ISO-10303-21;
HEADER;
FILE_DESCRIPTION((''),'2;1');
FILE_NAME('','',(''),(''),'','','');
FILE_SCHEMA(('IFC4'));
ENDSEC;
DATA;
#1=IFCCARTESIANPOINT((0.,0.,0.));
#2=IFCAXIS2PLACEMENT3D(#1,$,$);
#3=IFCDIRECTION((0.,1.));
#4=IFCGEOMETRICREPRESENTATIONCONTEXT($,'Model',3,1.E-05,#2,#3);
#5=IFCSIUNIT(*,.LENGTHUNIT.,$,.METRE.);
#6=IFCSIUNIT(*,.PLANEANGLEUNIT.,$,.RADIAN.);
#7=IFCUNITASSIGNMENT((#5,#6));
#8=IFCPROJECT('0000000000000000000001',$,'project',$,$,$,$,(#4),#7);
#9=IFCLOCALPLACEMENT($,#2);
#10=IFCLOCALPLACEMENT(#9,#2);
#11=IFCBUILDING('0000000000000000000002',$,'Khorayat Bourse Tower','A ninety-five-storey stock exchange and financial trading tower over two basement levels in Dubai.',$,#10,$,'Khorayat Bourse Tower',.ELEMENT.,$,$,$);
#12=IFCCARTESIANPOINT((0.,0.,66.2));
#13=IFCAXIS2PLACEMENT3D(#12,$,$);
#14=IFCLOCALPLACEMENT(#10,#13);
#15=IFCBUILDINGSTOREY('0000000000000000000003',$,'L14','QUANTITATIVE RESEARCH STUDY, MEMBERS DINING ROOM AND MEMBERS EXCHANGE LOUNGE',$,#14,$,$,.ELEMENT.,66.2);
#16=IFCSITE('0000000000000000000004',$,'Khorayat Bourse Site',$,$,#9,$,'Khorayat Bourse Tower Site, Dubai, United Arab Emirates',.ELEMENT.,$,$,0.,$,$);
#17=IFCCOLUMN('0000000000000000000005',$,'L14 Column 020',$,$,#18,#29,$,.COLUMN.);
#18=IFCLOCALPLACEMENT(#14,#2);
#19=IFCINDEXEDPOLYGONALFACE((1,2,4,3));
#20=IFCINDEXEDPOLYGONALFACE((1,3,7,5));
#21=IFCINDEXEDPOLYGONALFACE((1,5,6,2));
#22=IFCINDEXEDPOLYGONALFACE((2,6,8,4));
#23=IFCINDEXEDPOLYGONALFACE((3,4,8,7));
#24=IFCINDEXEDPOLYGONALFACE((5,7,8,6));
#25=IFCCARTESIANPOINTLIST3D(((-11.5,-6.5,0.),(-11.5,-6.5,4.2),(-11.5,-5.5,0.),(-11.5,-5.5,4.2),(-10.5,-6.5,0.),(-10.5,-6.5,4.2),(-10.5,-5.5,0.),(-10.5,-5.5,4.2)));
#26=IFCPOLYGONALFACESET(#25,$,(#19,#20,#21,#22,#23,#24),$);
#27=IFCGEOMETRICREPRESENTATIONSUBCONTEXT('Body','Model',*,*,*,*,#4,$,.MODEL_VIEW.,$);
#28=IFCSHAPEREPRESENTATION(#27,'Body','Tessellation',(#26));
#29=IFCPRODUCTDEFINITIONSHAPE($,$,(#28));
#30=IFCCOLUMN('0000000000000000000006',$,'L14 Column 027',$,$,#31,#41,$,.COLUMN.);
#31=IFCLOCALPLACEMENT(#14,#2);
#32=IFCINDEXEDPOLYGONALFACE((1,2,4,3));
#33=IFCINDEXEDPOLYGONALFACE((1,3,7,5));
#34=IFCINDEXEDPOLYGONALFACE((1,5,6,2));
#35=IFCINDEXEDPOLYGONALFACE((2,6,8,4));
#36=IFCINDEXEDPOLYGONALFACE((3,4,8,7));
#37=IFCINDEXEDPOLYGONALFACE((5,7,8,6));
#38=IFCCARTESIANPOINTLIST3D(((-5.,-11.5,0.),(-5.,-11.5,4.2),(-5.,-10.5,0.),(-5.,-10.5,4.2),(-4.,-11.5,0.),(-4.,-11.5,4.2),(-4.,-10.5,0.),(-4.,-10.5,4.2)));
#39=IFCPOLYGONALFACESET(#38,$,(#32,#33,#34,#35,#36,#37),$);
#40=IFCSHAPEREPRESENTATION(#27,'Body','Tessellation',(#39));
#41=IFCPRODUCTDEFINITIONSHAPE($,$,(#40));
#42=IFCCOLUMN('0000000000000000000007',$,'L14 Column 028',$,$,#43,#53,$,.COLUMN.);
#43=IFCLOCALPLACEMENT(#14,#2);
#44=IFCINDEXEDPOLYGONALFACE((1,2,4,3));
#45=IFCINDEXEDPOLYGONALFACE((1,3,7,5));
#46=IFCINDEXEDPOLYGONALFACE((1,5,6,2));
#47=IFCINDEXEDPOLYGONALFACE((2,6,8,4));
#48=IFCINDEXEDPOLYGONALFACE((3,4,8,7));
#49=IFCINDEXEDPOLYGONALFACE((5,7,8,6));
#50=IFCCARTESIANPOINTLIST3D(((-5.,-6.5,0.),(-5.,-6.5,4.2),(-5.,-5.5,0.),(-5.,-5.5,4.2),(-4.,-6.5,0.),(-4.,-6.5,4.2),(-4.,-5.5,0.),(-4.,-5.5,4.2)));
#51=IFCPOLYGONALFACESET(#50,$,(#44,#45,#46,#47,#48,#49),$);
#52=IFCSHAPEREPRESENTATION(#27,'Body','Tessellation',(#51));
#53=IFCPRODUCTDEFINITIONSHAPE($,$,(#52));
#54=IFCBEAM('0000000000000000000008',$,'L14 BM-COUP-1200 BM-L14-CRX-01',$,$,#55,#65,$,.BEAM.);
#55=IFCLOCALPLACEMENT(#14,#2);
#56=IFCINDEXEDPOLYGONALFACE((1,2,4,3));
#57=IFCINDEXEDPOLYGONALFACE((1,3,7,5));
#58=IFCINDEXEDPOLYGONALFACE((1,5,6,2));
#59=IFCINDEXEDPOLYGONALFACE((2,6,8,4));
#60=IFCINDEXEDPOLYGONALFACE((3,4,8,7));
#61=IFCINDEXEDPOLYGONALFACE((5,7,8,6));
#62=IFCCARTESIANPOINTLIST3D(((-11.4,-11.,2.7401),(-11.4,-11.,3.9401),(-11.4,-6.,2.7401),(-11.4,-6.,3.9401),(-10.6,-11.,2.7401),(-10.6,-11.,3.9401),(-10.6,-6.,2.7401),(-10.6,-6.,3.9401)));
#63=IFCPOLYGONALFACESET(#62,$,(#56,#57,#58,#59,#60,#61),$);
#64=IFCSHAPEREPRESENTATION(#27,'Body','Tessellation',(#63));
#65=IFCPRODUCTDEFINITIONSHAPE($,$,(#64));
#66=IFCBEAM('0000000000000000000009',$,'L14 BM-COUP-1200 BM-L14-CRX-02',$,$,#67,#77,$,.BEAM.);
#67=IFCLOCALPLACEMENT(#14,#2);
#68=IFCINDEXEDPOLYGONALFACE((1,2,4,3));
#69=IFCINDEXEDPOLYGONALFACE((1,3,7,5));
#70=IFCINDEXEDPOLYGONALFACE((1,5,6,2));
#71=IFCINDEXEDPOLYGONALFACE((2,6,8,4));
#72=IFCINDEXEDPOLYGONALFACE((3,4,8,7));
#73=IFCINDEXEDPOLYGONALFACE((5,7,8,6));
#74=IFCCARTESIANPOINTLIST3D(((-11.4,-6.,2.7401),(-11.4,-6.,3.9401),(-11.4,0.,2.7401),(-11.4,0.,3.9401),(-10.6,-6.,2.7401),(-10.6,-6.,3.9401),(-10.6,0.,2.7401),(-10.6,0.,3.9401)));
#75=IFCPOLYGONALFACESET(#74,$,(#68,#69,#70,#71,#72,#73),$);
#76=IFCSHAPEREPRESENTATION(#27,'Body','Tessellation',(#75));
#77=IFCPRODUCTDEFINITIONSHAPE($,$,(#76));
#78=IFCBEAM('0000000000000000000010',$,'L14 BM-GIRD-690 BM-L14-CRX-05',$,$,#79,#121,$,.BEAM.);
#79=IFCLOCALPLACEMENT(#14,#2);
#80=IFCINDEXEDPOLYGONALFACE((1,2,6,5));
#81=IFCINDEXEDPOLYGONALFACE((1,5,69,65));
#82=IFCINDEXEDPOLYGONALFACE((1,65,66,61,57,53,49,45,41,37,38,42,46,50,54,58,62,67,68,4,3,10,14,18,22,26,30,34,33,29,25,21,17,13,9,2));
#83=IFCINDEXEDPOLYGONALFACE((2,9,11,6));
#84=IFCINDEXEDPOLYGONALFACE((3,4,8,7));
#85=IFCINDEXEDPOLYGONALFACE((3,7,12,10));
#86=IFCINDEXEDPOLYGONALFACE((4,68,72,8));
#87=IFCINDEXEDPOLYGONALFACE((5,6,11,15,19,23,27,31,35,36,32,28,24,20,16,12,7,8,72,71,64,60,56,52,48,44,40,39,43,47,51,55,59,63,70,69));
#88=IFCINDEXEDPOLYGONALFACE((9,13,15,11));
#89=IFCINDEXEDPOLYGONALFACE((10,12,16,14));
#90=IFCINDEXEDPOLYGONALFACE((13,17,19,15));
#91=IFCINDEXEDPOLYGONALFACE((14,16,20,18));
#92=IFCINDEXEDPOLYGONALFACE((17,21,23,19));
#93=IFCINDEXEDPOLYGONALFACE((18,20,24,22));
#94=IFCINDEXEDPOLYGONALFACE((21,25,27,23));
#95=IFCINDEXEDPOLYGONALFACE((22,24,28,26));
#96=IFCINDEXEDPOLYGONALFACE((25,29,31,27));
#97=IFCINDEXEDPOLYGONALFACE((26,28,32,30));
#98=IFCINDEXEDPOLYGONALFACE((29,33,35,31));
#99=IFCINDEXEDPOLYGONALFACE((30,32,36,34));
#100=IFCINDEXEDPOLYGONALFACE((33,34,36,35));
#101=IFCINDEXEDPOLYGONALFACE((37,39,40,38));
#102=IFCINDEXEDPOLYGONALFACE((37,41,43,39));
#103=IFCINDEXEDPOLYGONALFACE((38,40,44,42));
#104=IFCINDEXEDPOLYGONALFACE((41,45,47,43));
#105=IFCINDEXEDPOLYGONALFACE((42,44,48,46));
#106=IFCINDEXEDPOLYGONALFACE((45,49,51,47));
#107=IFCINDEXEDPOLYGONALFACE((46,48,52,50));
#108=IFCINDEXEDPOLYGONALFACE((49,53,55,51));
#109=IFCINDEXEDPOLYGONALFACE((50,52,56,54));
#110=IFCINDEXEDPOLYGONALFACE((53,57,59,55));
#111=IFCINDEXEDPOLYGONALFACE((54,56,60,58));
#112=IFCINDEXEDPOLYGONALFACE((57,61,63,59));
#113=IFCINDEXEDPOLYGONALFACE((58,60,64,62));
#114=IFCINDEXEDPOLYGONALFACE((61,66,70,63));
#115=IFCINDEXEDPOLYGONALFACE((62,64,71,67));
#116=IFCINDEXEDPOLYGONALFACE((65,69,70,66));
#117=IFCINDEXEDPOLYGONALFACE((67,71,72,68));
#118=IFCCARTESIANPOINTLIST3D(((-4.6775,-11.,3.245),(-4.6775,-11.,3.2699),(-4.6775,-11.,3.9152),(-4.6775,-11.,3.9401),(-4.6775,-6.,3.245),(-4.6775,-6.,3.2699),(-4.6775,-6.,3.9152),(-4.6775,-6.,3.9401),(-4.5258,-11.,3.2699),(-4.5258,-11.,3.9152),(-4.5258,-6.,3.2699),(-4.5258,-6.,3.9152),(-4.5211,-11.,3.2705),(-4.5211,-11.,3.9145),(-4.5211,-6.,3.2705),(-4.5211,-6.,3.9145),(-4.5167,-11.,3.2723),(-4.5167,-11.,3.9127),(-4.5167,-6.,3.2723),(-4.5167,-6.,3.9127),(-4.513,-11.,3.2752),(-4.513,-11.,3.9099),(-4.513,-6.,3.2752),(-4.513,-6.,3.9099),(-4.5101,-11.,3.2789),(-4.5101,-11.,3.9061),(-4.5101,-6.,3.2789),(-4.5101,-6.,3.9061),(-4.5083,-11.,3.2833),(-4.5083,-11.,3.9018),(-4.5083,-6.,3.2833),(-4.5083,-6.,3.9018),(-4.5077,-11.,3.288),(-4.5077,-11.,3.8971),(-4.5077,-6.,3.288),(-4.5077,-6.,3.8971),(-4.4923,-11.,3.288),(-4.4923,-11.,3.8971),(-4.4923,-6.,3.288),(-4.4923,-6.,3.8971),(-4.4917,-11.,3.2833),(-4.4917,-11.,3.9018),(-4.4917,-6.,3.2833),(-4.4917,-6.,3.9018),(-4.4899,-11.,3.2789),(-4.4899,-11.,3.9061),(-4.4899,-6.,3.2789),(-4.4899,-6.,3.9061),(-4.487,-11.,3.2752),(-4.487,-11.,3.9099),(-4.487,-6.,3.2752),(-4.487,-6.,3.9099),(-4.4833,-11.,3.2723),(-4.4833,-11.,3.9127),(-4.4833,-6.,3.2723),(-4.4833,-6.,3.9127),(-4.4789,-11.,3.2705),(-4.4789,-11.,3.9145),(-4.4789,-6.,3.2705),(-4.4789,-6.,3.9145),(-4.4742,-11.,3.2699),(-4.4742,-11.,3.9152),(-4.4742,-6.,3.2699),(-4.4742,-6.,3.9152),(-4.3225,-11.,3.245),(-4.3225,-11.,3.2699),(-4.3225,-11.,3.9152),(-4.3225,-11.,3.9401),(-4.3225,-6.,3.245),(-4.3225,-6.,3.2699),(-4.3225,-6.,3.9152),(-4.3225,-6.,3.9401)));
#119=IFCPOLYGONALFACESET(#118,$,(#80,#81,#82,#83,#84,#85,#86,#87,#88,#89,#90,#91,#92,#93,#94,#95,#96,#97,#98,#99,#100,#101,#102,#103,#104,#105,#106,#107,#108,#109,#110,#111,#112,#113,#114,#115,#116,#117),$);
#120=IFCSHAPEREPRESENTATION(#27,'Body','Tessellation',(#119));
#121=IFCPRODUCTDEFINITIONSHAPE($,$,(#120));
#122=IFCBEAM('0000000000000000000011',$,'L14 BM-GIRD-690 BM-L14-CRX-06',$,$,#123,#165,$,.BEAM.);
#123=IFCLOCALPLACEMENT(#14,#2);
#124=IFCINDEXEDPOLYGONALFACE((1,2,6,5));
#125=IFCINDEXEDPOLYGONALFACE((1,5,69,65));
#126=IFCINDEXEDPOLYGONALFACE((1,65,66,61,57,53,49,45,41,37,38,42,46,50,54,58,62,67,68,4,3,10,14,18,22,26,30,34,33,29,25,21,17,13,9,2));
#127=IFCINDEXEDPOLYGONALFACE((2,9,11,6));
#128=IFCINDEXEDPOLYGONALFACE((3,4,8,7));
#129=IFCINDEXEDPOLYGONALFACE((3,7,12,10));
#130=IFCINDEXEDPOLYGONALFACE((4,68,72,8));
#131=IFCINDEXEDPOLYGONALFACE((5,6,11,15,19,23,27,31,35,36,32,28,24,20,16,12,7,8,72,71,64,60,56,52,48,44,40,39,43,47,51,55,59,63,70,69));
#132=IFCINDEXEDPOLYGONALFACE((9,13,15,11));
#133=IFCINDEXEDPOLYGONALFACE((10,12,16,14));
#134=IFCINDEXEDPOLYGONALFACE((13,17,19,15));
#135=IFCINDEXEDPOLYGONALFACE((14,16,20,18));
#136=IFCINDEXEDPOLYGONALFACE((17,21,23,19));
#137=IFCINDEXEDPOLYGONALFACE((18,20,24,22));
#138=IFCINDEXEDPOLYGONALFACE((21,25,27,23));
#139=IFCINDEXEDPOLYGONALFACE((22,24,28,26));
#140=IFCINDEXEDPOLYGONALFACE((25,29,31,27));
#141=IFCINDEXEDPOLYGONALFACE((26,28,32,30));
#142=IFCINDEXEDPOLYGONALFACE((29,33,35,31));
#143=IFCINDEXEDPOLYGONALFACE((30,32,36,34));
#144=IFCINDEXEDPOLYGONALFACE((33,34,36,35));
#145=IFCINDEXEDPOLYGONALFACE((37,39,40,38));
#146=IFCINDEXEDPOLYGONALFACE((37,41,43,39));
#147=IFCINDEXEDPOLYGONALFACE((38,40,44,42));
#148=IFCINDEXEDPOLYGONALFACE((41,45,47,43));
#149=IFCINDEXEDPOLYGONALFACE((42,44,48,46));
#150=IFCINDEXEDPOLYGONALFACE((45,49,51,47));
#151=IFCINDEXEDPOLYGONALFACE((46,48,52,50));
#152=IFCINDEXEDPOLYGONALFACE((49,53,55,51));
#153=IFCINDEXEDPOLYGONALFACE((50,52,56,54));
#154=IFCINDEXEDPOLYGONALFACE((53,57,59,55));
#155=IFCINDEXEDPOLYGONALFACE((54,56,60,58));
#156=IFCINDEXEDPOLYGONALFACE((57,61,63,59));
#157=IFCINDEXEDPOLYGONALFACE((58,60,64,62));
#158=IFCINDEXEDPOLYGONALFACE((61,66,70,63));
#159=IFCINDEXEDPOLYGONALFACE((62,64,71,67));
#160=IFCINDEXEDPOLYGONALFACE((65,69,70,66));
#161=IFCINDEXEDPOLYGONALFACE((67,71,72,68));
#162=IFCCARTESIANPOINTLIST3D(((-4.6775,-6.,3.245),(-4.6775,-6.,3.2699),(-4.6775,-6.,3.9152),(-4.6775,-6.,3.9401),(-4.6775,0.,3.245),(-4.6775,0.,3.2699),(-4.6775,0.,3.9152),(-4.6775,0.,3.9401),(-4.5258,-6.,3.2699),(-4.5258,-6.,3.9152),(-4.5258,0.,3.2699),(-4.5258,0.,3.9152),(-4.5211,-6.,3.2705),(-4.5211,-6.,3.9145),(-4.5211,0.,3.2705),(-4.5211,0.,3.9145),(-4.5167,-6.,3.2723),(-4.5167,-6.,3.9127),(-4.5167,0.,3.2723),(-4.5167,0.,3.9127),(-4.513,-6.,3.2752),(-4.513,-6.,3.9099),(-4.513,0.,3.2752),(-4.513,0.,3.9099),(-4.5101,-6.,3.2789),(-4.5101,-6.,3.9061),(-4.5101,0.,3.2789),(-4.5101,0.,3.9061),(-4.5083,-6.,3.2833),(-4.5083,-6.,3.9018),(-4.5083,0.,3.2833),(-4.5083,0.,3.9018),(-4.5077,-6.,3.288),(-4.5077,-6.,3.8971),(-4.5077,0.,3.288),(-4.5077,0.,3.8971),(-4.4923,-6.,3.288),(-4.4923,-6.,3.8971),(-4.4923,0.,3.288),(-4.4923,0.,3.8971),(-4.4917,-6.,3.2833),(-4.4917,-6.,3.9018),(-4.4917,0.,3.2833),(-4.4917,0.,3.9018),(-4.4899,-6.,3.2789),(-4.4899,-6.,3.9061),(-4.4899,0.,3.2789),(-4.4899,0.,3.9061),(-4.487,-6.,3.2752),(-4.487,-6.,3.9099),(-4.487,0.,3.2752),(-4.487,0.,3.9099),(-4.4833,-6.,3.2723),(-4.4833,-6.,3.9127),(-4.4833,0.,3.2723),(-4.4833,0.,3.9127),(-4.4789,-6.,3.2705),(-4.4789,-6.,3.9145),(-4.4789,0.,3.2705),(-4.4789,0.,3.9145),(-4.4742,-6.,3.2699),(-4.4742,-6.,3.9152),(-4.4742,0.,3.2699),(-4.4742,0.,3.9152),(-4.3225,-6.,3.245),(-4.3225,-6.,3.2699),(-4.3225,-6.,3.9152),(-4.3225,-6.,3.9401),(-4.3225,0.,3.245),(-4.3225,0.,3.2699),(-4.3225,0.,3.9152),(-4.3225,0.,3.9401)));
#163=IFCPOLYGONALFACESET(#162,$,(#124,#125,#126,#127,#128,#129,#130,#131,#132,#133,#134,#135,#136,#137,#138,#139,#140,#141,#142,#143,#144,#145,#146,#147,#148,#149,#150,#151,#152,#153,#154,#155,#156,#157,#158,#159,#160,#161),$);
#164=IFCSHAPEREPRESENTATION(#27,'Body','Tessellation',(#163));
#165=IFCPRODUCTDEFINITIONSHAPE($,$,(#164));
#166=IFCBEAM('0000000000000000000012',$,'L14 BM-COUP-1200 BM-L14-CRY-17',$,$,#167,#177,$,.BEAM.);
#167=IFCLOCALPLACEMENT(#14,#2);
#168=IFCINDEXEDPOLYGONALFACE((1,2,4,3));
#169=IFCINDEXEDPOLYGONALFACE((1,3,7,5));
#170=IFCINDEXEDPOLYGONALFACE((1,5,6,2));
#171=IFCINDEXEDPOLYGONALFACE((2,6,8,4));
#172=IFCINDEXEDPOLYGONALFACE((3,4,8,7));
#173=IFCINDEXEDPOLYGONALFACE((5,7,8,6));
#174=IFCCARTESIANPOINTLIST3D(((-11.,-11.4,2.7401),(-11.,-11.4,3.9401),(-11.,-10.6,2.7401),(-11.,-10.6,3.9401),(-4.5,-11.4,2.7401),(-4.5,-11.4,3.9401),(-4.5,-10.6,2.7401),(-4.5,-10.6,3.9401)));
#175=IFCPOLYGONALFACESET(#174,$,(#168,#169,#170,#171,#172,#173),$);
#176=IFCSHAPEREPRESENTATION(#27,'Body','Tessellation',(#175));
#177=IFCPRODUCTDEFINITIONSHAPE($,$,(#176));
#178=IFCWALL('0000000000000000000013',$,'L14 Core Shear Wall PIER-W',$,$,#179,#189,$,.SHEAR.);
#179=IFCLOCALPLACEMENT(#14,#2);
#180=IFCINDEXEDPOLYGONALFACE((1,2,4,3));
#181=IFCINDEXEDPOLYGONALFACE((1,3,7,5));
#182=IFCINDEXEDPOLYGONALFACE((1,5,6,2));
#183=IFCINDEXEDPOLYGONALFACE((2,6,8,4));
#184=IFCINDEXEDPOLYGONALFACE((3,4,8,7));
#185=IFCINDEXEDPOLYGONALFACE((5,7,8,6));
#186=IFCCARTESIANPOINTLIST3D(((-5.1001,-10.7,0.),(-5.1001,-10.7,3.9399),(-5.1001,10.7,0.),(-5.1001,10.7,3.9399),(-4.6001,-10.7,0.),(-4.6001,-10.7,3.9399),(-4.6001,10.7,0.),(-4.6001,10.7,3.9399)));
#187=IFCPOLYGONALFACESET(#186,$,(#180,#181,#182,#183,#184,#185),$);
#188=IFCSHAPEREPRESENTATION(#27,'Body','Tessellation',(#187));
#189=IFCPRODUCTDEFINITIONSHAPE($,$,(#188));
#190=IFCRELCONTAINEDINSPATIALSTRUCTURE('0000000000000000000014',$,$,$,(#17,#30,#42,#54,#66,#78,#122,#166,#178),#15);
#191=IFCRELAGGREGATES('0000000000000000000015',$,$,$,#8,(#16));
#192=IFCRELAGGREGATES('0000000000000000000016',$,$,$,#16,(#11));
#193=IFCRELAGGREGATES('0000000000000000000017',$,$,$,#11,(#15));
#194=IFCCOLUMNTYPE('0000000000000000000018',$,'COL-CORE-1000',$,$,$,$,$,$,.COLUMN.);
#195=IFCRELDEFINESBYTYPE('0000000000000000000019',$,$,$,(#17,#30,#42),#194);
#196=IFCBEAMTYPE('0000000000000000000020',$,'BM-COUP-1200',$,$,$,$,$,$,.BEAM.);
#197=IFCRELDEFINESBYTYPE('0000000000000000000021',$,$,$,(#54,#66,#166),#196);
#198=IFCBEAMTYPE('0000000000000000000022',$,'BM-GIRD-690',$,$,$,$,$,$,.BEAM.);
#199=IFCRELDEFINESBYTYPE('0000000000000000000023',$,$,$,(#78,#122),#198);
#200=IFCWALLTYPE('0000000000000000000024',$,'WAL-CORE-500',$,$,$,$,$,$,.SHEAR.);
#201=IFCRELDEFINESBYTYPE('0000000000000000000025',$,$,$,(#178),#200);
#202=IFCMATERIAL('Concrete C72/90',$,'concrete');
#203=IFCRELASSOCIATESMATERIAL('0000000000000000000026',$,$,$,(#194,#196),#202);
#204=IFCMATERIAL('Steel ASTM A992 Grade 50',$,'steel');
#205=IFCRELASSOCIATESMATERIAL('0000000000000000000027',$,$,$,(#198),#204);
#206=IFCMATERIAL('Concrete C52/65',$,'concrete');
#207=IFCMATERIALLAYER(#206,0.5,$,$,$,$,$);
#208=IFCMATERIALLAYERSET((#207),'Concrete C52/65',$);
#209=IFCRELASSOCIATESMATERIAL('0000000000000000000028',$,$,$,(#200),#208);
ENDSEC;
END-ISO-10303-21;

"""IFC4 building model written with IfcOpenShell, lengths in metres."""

from ifc_helpers import new_model, si_unit, direction, frame, frame_2d, origin, origin_2d, place, context, subcontext, project, spatial, rectangle, i_section, extrude, source, transform, mapped, material, layer, layer_set, material_profile, profile_set, type_object, element, save


model = new_model("IFC4")

# Units and contexts
model_context = context("Model", 3, precision=1e-05, world=origin(), true_north=direction((0.0, 1.0)))
body_context = subcontext(model_context, "Body", "Model", "MODEL_VIEW")
ifc_project = project(units=[si_unit("LENGTHUNIT", "METRE"), si_unit("PLANEANGLEUNIT", "RADIAN")], contexts=[model_context])

# Site, building, storey
site_placement = place(None, origin())
site = spatial("IfcSite", under=ifc_project, at=site_placement, Name="Khorayat Bourse Site", LongName="Khorayat Bourse Tower Site, Dubai, United Arab Emirates", CompositionType="ELEMENT", RefElevation=0.0)
building_placement = place(site_placement, origin())
building = spatial("IfcBuilding", under=site, at=building_placement, Name="Khorayat Bourse Tower", Description="A ninety-five-storey stock exchange and financial trading tower over two basement levels in Dubai.", LongName="Khorayat Bourse Tower", CompositionType="ELEMENT")
storey_placement = place(building_placement, frame((0.0, 0.0, 66.2)))
storey = spatial("IfcBuildingStorey", under=building, at=storey_placement, Name="L14", Description="QUANTITATIVE RESEARCH STUDY, MEMBERS DINING ROOM AND MEMBERS EXCHANGE LOUNGE", CompositionType="ELEMENT", Elevation=66.2)

# Columns
ifc_material_1 = material(Name="Concrete C72/90", Category="concrete")
ifc_material_profile_1 = material_profile(ifc_material_1, rectangle(XDim=1.0, YDim=1.0, at=origin_2d()), Name="RC 1000x1000")
ifc_profile_set_1 = profile_set([ifc_material_profile_1], Name="Concrete C72/90")
column_type = type_object("IfcColumnType", Name="COL-CORE-1000", PredefinedType="COLUMN", material=ifc_profile_set_1)
shared_shape_1 = source(origin(), body_context, "Body", "SweptSolid", [
    extrude(rectangle(XDim=1.0, YDim=1.0, at=origin_2d()), origin(), (0.0, 0.0, 1.0), 4.2),
])
for number, where, z_axis, x_axis, name in (
    (1, (-11.0, -6.0, 0.0), (0.0, 0.0, 1.0), (1.0, 0.0, 0.0), "L14 Column 020"),
    (2, (-4.5, -11.0, 0.0), (0.0, 0.0, 1.0), (1.0, 0.0, 0.0), "L14 Column 027"),
    (3, (-4.5, -6.0, 0.0), (0.0, 0.0, 1.0), (1.0, 0.0, 0.0), "L14 Column 028"),
):
    element("IfcColumn", number, at=place(storey_placement, frame(where, z_axis=z_axis, x_axis=x_axis)), inside=storey, type_object=column_type, Name=name, PredefinedType="COLUMN", context=body_context, shape_type="MappedRepresentation", body=[
        mapped(shared_shape_1, transform((0.0, 0.0, 0.0), scale=1.0)),
    ])

# Beams
ifc_material_profile_2 = material_profile(ifc_material_1, rectangle(XDim=0.8, YDim=1.2, at=origin_2d()), Name="RC 800x1200")
ifc_profile_set_2 = profile_set([ifc_material_profile_2], Name="Concrete C72/90")
beam_type_1 = type_object("IfcBeamType", Name="BM-COUP-1200", PredefinedType="BEAM", material=ifc_profile_set_2)
shared_shape_2 = source(origin(), body_context, "Body", "SweptSolid", [
    extrude(rectangle(XDim=0.8, YDim=1.2, at=origin_2d()), origin(), (0.0, 0.0, 1.0), 5.0),
])
beam_1_placement = place(storey_placement, frame((-11.0, -11.0, 3.3401), z_axis=(0.0, 1.0, 0.0), x_axis=(-1.0, 0.0, 0.0)))
element("IfcBeam", 4, at=beam_1_placement, inside=storey, type_object=beam_type_1, Name="L14 BM-COUP-1200 BM-L14-CRX-01", PredefinedType="BEAM", context=body_context, shape_type="MappedRepresentation", body=[
    mapped(shared_shape_2, transform((0.0, 0.0, 0.0), scale=1.0)),
])
shared_shape_3 = source(origin(), body_context, "Body", "SweptSolid", [
    extrude(rectangle(XDim=0.8, YDim=1.2, at=origin_2d()), origin(), (0.0, 0.0, 1.0), 6.0),
])
beam_2_placement = place(storey_placement, frame((-11.0, -6.0, 3.3401), z_axis=(0.0, 1.0, 0.0), x_axis=(-1.0, 0.0, 0.0)))
element("IfcBeam", 5, at=beam_2_placement, inside=storey, type_object=beam_type_1, Name="L14 BM-COUP-1200 BM-L14-CRX-02", PredefinedType="BEAM", context=body_context, shape_type="MappedRepresentation", body=[
    mapped(shared_shape_3, transform((0.0, 0.0, 0.0), scale=1.0)),
])
ifc_material_2 = material(Name="Steel ASTM A992 Grade 50", Category="steel")
ifc_material_profile_3 = material_profile(ifc_material_2, i_section(OverallWidth=0.355, OverallDepth=0.6951, WebThickness=0.0154, FlangeThickness=0.0249, FilletRadius=0.0181, at=origin_2d()), Name="W690X217")
ifc_profile_set_3 = profile_set([ifc_material_profile_3], Name="Steel ASTM A992 Grade 50")
beam_type_2 = type_object("IfcBeamType", Name="BM-GIRD-690", PredefinedType="BEAM", material=ifc_profile_set_3)
shared_shape_4 = source(origin(), body_context, "Body", "SweptSolid", [
    extrude(i_section(OverallWidth=0.355, OverallDepth=0.6951, WebThickness=0.0154, FlangeThickness=0.0249, FilletRadius=0.0181, at=origin_2d()), origin(), (0.0, 0.0, 1.0), 5.0),
])
beam_3_placement = place(storey_placement, frame((-4.5, -11.0, 3.5925), z_axis=(0.0, 1.0, 0.0), x_axis=(-1.0, 0.0, 0.0)))
element("IfcBeam", 6, at=beam_3_placement, inside=storey, type_object=beam_type_2, Name="L14 BM-GIRD-690 BM-L14-CRX-05", PredefinedType="BEAM", context=body_context, shape_type="MappedRepresentation", body=[
    mapped(shared_shape_4, transform((0.0, 0.0, 0.0), scale=1.0)),
])
shared_shape_5 = source(origin(), body_context, "Body", "SweptSolid", [
    extrude(i_section(OverallWidth=0.355, OverallDepth=0.6951, WebThickness=0.0154, FlangeThickness=0.0249, FilletRadius=0.0181, at=origin_2d()), origin(), (0.0, 0.0, 1.0), 6.0),
])
beam_4_placement = place(storey_placement, frame((-4.5, -6.0, 3.5925), z_axis=(0.0, 1.0, 0.0), x_axis=(-1.0, 0.0, 0.0)))
element("IfcBeam", 7, at=beam_4_placement, inside=storey, type_object=beam_type_2, Name="L14 BM-GIRD-690 BM-L14-CRX-06", PredefinedType="BEAM", context=body_context, shape_type="MappedRepresentation", body=[
    mapped(shared_shape_5, transform((0.0, 0.0, 0.0), scale=1.0)),
])
shared_shape_6 = source(origin(), body_context, "Body", "SweptSolid", [
    extrude(rectangle(XDim=0.8, YDim=1.2, at=origin_2d()), origin(), (0.0, 0.0, 1.0), 6.5),
])
beam_5_placement = place(storey_placement, frame((-11.0, -11.0, 3.3401), z_axis=(1.0, 0.0, 0.0), x_axis=(0.0, 1.0, 0.0)))
element("IfcBeam", 8, at=beam_5_placement, inside=storey, type_object=beam_type_1, Name="L14 BM-COUP-1200 BM-L14-CRY-17", PredefinedType="BEAM", context=body_context, shape_type="MappedRepresentation", body=[
    mapped(shared_shape_6, transform((0.0, 0.0, 0.0), scale=1.0)),
])

# Wall
ifc_material_3 = material(Name="Concrete C52/65", Category="concrete")
ifc_layer_1 = layer(ifc_material_3, 0.5)
ifc_layer_set_1 = layer_set([ifc_layer_1], Name="Concrete C52/65")
wall_type_1 = type_object("IfcWallType", Name="WAL-CORE-500", PredefinedType="SHEAR", material=ifc_layer_set_1)
shared_shape_7 = source(origin(), body_context, "Body", "SweptSolid", [
    extrude(rectangle(XDim=21.3999, YDim=0.5, at=frame_2d((10.7, 0.0))), origin(), (0.0, 0.0, 1.0), 3.9399),
])
wall_1_placement = place(storey_placement, frame((-4.8501, -10.7, 0.0), z_axis=(0.0, 0.0, 1.0), x_axis=(0.0, 1.0, 0.0)))
element("IfcWall", 9, at=wall_1_placement, inside=storey, type_object=wall_type_1, Name="L14 Core Shear Wall PIER-W", PredefinedType="SHEAR", context=body_context, shape_type="MappedRepresentation", body=[
    mapped(shared_shape_7, transform((0.0, 0.0, 0.0), scale=1.0)),
])

save(model, "model.ifc")
